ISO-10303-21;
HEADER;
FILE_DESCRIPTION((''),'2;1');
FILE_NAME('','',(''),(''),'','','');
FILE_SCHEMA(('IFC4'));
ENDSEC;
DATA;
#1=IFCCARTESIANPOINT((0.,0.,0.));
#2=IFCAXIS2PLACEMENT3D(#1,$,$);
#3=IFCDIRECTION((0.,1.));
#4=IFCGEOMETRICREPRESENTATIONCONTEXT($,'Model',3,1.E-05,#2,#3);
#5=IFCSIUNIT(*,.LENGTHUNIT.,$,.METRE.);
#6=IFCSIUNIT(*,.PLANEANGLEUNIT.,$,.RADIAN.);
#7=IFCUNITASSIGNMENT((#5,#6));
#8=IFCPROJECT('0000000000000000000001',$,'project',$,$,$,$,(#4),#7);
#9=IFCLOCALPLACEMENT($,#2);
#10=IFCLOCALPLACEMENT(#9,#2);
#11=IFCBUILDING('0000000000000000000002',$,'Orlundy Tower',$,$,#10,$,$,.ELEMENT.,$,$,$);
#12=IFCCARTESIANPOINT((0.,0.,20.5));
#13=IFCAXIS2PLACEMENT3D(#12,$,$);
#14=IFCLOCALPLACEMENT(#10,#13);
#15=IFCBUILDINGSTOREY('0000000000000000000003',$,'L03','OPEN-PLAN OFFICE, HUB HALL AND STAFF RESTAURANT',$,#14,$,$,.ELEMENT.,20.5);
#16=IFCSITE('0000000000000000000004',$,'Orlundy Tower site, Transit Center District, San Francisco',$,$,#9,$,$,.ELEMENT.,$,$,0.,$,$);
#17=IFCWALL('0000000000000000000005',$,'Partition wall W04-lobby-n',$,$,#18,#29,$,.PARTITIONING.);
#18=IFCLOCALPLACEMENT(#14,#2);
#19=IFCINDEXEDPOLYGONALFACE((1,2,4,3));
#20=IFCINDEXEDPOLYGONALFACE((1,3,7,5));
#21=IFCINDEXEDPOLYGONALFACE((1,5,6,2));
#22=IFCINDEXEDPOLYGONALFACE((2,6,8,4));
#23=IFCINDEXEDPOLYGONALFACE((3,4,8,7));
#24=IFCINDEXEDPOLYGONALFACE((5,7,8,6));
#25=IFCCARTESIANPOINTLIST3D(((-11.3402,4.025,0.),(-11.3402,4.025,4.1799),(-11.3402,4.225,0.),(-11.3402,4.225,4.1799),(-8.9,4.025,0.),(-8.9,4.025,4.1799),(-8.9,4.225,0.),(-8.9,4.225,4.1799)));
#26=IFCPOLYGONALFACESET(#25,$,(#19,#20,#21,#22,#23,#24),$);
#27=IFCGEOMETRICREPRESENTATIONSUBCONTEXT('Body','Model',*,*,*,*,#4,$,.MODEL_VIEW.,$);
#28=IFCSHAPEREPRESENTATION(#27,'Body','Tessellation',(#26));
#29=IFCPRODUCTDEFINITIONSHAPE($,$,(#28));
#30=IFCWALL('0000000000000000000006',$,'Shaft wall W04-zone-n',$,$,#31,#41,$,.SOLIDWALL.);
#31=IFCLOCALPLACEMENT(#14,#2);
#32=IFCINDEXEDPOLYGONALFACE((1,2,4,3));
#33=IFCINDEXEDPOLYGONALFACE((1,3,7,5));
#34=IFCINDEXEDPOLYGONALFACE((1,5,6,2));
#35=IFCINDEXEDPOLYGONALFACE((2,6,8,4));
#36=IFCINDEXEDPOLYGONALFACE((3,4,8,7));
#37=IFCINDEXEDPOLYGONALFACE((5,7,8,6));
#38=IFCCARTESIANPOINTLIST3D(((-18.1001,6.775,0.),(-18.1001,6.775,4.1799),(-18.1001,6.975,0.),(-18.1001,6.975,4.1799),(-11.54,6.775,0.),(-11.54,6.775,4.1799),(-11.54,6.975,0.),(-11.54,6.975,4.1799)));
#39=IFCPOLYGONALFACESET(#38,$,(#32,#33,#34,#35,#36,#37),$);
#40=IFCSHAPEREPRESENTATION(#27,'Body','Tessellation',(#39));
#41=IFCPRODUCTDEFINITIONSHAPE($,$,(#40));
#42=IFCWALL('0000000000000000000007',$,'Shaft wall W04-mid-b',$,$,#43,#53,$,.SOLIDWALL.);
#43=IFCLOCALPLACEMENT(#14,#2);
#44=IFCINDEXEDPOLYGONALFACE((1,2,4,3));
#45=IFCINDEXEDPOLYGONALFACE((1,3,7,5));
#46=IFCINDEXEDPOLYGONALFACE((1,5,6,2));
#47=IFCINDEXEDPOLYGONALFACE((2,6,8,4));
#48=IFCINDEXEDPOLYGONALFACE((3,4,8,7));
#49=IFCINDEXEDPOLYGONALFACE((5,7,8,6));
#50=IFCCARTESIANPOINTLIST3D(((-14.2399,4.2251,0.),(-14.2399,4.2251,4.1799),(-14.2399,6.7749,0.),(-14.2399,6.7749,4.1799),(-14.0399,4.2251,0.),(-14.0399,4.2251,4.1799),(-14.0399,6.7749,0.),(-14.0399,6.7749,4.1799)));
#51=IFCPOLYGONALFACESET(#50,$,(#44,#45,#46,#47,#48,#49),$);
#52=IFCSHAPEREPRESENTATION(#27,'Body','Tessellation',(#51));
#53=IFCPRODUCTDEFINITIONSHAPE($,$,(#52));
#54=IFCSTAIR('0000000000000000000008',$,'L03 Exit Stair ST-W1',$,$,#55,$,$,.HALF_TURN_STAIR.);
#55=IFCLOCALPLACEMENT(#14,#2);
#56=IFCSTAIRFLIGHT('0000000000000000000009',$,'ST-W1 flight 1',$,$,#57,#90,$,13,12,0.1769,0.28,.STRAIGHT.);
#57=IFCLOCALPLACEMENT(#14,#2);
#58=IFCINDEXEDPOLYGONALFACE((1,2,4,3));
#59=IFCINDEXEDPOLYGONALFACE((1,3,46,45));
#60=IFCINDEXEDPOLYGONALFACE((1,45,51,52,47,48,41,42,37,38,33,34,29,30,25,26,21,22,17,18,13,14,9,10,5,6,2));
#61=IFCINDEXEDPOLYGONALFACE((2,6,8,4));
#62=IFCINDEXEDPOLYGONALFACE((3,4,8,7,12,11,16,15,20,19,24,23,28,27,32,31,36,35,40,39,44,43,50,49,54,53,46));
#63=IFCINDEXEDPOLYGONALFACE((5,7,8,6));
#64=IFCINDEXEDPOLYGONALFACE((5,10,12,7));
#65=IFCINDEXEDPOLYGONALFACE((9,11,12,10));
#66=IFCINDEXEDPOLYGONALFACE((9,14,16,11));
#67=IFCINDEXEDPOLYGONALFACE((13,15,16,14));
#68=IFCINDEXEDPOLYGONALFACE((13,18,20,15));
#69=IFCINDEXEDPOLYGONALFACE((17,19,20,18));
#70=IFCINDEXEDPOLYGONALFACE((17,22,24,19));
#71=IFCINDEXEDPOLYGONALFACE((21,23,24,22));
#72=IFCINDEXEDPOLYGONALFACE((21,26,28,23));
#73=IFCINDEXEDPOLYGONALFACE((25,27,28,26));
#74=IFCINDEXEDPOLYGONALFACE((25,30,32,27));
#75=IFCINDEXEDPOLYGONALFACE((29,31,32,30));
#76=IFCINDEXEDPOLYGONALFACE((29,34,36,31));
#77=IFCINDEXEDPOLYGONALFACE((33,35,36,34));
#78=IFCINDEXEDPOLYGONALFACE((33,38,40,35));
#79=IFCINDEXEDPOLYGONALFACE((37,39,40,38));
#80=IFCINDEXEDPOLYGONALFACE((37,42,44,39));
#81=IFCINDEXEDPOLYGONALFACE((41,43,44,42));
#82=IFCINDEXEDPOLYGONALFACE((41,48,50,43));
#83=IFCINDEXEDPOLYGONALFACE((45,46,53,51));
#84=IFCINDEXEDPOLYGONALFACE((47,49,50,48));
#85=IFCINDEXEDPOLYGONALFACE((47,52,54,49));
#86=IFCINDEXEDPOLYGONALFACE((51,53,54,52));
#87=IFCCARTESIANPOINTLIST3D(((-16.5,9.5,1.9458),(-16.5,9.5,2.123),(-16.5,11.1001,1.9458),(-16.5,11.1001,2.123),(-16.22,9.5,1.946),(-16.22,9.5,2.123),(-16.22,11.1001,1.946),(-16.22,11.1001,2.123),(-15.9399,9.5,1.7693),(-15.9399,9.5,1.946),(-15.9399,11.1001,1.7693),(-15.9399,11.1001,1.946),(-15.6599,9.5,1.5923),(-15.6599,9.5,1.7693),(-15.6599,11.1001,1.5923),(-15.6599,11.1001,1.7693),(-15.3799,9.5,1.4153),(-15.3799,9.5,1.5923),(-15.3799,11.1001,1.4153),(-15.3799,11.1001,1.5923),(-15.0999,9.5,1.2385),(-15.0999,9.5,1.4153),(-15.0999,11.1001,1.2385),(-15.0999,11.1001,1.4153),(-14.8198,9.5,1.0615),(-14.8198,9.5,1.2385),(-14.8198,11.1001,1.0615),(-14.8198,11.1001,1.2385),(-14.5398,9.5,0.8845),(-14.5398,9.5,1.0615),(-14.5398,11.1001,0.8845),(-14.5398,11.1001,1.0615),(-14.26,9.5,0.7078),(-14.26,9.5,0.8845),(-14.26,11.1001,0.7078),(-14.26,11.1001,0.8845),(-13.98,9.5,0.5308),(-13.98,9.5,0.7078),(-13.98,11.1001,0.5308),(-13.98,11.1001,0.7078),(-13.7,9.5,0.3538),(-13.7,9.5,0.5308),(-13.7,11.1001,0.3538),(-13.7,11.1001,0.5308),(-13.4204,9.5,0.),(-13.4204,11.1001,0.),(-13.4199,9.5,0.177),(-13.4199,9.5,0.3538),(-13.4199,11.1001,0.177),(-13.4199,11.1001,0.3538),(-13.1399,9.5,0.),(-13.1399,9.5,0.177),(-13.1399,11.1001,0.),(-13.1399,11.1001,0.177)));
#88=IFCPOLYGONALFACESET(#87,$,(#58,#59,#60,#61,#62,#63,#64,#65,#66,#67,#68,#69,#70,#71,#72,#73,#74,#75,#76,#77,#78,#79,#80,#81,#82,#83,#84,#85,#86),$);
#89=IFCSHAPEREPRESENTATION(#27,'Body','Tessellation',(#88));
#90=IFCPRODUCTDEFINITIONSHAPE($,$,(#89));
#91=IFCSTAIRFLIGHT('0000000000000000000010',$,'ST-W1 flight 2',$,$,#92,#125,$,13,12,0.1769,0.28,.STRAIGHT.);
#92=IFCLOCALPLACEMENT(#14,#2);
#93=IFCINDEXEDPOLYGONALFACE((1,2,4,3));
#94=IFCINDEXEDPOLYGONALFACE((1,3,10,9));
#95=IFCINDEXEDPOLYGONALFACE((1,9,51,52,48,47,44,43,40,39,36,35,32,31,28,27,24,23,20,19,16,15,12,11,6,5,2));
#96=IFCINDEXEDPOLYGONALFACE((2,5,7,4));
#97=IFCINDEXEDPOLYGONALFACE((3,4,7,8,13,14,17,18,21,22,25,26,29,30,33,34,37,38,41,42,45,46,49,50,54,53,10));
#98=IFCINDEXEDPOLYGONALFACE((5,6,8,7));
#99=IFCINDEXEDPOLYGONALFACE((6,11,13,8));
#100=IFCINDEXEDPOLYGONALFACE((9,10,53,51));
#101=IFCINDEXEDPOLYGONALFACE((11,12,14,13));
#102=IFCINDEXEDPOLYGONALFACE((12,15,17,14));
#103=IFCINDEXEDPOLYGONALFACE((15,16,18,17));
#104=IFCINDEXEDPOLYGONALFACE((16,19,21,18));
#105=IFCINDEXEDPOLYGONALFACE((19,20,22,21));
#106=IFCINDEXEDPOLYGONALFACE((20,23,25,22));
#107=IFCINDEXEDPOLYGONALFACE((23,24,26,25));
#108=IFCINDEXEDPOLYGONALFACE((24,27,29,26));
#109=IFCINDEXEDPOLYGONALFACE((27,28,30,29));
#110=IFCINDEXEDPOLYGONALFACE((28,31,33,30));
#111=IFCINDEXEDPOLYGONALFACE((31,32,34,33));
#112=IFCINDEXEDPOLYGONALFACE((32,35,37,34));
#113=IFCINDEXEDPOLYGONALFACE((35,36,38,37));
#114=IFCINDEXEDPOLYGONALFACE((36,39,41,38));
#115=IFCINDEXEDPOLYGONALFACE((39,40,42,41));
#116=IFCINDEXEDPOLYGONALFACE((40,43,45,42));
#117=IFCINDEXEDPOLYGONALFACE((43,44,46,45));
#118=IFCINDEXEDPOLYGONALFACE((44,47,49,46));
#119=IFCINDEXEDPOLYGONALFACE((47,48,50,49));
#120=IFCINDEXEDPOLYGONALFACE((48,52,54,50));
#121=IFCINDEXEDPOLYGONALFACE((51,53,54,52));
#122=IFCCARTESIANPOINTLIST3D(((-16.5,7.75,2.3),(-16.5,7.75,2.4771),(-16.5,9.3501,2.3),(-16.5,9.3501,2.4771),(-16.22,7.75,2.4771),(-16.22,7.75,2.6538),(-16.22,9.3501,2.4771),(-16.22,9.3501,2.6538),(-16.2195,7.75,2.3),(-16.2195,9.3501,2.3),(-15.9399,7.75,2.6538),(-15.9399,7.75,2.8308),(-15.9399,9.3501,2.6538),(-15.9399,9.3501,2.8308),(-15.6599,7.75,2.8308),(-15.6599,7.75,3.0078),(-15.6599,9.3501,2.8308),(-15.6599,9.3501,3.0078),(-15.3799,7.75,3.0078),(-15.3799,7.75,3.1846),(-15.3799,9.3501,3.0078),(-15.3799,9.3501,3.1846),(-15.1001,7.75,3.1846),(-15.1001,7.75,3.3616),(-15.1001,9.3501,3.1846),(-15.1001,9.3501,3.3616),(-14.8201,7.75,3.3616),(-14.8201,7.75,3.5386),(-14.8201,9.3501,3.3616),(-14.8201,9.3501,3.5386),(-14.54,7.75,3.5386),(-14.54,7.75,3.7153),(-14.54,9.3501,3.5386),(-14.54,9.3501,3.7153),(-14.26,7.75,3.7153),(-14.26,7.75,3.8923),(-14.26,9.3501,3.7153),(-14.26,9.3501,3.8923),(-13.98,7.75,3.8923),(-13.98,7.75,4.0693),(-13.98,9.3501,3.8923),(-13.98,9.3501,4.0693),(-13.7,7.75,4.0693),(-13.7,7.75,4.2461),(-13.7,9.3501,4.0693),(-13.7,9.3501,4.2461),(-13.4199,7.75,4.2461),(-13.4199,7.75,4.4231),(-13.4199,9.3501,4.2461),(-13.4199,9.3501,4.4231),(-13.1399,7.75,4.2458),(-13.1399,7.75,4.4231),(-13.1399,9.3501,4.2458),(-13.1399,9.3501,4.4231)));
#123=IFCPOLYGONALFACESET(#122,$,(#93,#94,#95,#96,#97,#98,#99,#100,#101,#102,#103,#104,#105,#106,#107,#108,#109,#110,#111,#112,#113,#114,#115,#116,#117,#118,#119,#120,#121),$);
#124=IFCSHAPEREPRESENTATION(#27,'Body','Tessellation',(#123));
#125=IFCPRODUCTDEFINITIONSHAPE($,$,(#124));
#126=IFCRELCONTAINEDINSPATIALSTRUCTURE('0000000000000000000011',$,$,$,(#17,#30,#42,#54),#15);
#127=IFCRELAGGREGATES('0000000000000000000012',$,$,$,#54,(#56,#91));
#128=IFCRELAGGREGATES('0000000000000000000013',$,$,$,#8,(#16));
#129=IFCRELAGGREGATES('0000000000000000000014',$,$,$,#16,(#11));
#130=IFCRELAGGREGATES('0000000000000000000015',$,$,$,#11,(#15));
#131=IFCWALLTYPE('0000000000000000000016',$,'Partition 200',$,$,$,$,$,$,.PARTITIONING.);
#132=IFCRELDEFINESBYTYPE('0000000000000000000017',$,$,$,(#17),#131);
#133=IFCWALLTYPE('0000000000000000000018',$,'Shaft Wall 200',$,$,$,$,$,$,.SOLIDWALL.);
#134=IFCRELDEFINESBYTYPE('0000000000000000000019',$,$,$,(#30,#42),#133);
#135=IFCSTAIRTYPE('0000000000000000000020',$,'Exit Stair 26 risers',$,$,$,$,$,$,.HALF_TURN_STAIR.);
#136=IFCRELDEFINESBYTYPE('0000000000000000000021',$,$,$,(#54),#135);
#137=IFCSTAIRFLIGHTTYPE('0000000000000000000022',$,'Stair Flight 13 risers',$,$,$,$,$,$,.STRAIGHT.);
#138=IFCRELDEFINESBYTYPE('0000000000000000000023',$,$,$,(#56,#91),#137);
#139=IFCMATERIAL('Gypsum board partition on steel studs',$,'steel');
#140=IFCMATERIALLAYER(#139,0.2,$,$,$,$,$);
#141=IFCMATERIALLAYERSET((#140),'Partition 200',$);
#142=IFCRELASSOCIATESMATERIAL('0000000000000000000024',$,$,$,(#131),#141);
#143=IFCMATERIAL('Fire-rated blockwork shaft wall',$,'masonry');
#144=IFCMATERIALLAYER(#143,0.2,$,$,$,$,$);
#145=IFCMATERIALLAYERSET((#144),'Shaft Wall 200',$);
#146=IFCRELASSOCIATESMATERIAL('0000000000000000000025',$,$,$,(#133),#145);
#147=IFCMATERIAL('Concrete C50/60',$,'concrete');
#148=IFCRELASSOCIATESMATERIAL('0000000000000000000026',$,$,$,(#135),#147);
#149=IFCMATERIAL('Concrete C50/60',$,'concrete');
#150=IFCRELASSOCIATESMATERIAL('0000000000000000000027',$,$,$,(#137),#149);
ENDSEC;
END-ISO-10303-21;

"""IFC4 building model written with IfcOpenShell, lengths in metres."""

from ifc_helpers import new_model, si_unit, direction, frame, frame_2d, origin, place, context, subcontext, project, spatial, polyline, rectangle, outline, extrude, material, layer, layer_set, type_object, element, aggregate, save


model = new_model("IFC4")

# Units and contexts
model_context = context("Model", 3, precision=1e-05, world=origin(), true_north=direction((0.0, 1.0)))
body_context = subcontext(model_context, "Body", "Model", "MODEL_VIEW")
ifc_project = project(units=[si_unit("LENGTHUNIT", "METRE"), si_unit("PLANEANGLEUNIT", "RADIAN")], contexts=[model_context])

# Site, building, storey
site_placement = place(None, origin())
site = spatial("IfcSite", under=ifc_project, at=site_placement, Name="Orlundy Tower site, Transit Center District, San Francisco", CompositionType="ELEMENT", RefElevation=0.0)
building_placement = place(site_placement, origin())
building = spatial("IfcBuilding", under=site, at=building_placement, Name="Orlundy Tower", CompositionType="ELEMENT")
storey_placement = place(building_placement, frame((0.0, 0.0, 20.5)))
storey = spatial("IfcBuildingStorey", under=building, at=storey_placement, Name="L03", Description="OPEN-PLAN OFFICE, HUB HALL AND STAFF RESTAURANT", CompositionType="ELEMENT", Elevation=20.5)

# Walls
ifc_material_1 = material(Name="Gypsum board partition on steel studs", Category="steel")
ifc_layer_1 = layer(ifc_material_1, 0.2)
ifc_layer_set_1 = layer_set([ifc_layer_1], Name="Partition 200")
wall_type_1 = type_object("IfcWallType", Name="Partition 200", PredefinedType="PARTITIONING", material=ifc_layer_set_1)
wall_1_placement = place(storey_placement, frame((-8.8999, 4.125, 0.0), z_axis=(0.0, 0.0, 1.0), x_axis=(-1.0, 0.0, 0.0)))
element("IfcWall", 1, at=wall_1_placement, inside=storey, type_object=wall_type_1, Name="Partition wall W04-lobby-n", PredefinedType="PARTITIONING", context=body_context, shape_type="SweptSolid", body=[
    extrude(rectangle(XDim=2.4402, YDim=0.2, at=frame_2d((1.2202, 0.0))), origin(), (0.0, 0.0, 1.0), 4.1799),
])
ifc_material_2 = material(Name="Fire-rated blockwork shaft wall", Category="masonry")
ifc_layer_2 = layer(ifc_material_2, 0.2)
ifc_layer_set_2 = layer_set([ifc_layer_2], Name="Shaft Wall 200")
wall_type_2 = type_object("IfcWallType", Name="Shaft Wall 200", PredefinedType="SOLIDWALL", material=ifc_layer_set_2)
wall_2_placement = place(storey_placement, frame((-11.54, 6.875, 0.0), z_axis=(0.0, 0.0, 1.0), x_axis=(-1.0, 0.0, 0.0)))
element("IfcWall", 2, at=wall_2_placement, inside=storey, type_object=wall_type_2, Name="Shaft wall W04-zone-n", PredefinedType="SOLIDWALL", context=body_context, shape_type="SweptSolid", body=[
    extrude(rectangle(XDim=6.5601, YDim=0.2, at=frame_2d((3.28, 0.0))), origin(), (0.0, 0.0, 1.0), 4.1799),
])
wall_3_placement = place(storey_placement, frame((-14.1399, 4.2251, 0.0), z_axis=(0.0, 0.0, 1.0), x_axis=(0.0, 1.0, 0.0)))
element("IfcWall", 3, at=wall_3_placement, inside=storey, type_object=wall_type_2, Name="Shaft wall W04-mid-b", PredefinedType="SOLIDWALL", context=body_context, shape_type="SweptSolid", body=[
    extrude(rectangle(XDim=2.5498, YDim=0.2, at=frame_2d((1.2749, 0.0))), origin(), (0.0, 0.0, 1.0), 4.1799),
])

# Stair, stair flights
ifc_material_3 = material(Name="Concrete C50/60", Category="concrete")
stair_type = type_object("IfcStairType", Name="Exit Stair 26 risers", PredefinedType="HALF_TURN_STAIR", material=ifc_material_3)
stair_placement = place(storey_placement, origin())
stair = element("IfcStair", 4, at=stair_placement, inside=storey, type_object=stair_type, Name="L03 Exit Stair ST-W1", PredefinedType="HALF_TURN_STAIR")
ifc_material_4 = material(Name="Concrete C50/60", Category="concrete")
stair_flight_type = type_object("IfcStairFlightType", Name="Stair Flight 13 risers", PredefinedType="STRAIGHT", material=ifc_material_4)
stair_flight_1_placement = place(storey_placement, frame((-13.1399, 10.3, 0.0), z_axis=(0.0, 0.0, 1.0), x_axis=(-1.0, 0.0, 0.0)))
stair_flight_1 = element("IfcStairFlight", 5, at=stair_flight_1_placement, type_object=stair_flight_type, Name="ST-W1 flight 1", NumberOfRisers=13, NumberOfTreads=12, PredefinedType="STRAIGHT", RiserHeight=0.1769, TreadLength=0.28, context=body_context, shape_type="SweptSolid", body=[
    extrude(outline(polyline([(0.0, 0.0), (0.0, 0.177), (0.28, 0.177), (0.28, 0.3538), (0.5601, 0.3538), (0.5601, 0.5308), (0.8401, 0.5308), (0.8401, 0.7078), (1.1201, 0.7078), (1.1201, 0.8845), (1.3999, 0.8845), (1.3999, 1.0615), (1.6799, 1.0615), (1.6799, 1.2385), (1.96, 1.2385), (1.96, 1.4153), (2.24, 1.4153), (2.24, 1.5923), (2.52, 1.5923), (2.52, 1.7693), (2.8, 1.7693), (2.8, 1.946), (3.0801, 1.946), (3.0801, 2.123), (3.3601, 2.123), (3.3601, 2.3), (3.3601, 1.9458), (0.2805, 0.0), (0.0, 0.0)])), frame((0.0, 0.8, 0.0), z_axis=(0.0, -1.0, 0.0), x_axis=(1.0, 0.0, 0.0)), (0.0, 0.0, 1.0), 1.6001),
])
stair_flight_2_placement = place(storey_placement, frame((-16.5, 8.55, 2.3), z_axis=(0.0, 0.0, 1.0), x_axis=(1.0, 0.0, 0.0)))
stair_flight_2 = element("IfcStairFlight", 6, at=stair_flight_2_placement, type_object=stair_flight_type, Name="ST-W1 flight 2", NumberOfRisers=13, NumberOfTreads=12, PredefinedType="STRAIGHT", RiserHeight=0.1769, TreadLength=0.28, context=body_context, shape_type="SweptSolid", body=[
    extrude(outline(polyline([(0.0, 0.0), (0.0, 0.177), (0.28, 0.177), (0.28, 0.3538), (0.5601, 0.3538), (0.5601, 0.5308), (0.8401, 0.5308), (0.8401, 0.7078), (1.1201, 0.7078), (1.1201, 0.8845), (1.3999, 0.8845), (1.3999, 1.0615), (1.6799, 1.0615), (1.6799, 1.2385), (1.96, 1.2385), (1.96, 1.4153), (2.24, 1.4153), (2.24, 1.5923), (2.52, 1.5923), (2.52, 1.7693), (2.8, 1.7693), (2.8, 1.946), (3.0801, 1.946), (3.0801, 2.123), (3.3601, 2.123), (3.3601, 2.3), (3.3601, 1.9458), (0.2805, 0.0), (0.0, 0.0)])), frame((0.0, 0.8, 0.0), z_axis=(0.0, -1.0, 0.0), x_axis=(1.0, 0.0, 0.0)), (0.0, 0.0, 1.0), 1.6001),
])
aggregate(stair, [stair_flight_1, stair_flight_2])

save(model, "model.ifc")
